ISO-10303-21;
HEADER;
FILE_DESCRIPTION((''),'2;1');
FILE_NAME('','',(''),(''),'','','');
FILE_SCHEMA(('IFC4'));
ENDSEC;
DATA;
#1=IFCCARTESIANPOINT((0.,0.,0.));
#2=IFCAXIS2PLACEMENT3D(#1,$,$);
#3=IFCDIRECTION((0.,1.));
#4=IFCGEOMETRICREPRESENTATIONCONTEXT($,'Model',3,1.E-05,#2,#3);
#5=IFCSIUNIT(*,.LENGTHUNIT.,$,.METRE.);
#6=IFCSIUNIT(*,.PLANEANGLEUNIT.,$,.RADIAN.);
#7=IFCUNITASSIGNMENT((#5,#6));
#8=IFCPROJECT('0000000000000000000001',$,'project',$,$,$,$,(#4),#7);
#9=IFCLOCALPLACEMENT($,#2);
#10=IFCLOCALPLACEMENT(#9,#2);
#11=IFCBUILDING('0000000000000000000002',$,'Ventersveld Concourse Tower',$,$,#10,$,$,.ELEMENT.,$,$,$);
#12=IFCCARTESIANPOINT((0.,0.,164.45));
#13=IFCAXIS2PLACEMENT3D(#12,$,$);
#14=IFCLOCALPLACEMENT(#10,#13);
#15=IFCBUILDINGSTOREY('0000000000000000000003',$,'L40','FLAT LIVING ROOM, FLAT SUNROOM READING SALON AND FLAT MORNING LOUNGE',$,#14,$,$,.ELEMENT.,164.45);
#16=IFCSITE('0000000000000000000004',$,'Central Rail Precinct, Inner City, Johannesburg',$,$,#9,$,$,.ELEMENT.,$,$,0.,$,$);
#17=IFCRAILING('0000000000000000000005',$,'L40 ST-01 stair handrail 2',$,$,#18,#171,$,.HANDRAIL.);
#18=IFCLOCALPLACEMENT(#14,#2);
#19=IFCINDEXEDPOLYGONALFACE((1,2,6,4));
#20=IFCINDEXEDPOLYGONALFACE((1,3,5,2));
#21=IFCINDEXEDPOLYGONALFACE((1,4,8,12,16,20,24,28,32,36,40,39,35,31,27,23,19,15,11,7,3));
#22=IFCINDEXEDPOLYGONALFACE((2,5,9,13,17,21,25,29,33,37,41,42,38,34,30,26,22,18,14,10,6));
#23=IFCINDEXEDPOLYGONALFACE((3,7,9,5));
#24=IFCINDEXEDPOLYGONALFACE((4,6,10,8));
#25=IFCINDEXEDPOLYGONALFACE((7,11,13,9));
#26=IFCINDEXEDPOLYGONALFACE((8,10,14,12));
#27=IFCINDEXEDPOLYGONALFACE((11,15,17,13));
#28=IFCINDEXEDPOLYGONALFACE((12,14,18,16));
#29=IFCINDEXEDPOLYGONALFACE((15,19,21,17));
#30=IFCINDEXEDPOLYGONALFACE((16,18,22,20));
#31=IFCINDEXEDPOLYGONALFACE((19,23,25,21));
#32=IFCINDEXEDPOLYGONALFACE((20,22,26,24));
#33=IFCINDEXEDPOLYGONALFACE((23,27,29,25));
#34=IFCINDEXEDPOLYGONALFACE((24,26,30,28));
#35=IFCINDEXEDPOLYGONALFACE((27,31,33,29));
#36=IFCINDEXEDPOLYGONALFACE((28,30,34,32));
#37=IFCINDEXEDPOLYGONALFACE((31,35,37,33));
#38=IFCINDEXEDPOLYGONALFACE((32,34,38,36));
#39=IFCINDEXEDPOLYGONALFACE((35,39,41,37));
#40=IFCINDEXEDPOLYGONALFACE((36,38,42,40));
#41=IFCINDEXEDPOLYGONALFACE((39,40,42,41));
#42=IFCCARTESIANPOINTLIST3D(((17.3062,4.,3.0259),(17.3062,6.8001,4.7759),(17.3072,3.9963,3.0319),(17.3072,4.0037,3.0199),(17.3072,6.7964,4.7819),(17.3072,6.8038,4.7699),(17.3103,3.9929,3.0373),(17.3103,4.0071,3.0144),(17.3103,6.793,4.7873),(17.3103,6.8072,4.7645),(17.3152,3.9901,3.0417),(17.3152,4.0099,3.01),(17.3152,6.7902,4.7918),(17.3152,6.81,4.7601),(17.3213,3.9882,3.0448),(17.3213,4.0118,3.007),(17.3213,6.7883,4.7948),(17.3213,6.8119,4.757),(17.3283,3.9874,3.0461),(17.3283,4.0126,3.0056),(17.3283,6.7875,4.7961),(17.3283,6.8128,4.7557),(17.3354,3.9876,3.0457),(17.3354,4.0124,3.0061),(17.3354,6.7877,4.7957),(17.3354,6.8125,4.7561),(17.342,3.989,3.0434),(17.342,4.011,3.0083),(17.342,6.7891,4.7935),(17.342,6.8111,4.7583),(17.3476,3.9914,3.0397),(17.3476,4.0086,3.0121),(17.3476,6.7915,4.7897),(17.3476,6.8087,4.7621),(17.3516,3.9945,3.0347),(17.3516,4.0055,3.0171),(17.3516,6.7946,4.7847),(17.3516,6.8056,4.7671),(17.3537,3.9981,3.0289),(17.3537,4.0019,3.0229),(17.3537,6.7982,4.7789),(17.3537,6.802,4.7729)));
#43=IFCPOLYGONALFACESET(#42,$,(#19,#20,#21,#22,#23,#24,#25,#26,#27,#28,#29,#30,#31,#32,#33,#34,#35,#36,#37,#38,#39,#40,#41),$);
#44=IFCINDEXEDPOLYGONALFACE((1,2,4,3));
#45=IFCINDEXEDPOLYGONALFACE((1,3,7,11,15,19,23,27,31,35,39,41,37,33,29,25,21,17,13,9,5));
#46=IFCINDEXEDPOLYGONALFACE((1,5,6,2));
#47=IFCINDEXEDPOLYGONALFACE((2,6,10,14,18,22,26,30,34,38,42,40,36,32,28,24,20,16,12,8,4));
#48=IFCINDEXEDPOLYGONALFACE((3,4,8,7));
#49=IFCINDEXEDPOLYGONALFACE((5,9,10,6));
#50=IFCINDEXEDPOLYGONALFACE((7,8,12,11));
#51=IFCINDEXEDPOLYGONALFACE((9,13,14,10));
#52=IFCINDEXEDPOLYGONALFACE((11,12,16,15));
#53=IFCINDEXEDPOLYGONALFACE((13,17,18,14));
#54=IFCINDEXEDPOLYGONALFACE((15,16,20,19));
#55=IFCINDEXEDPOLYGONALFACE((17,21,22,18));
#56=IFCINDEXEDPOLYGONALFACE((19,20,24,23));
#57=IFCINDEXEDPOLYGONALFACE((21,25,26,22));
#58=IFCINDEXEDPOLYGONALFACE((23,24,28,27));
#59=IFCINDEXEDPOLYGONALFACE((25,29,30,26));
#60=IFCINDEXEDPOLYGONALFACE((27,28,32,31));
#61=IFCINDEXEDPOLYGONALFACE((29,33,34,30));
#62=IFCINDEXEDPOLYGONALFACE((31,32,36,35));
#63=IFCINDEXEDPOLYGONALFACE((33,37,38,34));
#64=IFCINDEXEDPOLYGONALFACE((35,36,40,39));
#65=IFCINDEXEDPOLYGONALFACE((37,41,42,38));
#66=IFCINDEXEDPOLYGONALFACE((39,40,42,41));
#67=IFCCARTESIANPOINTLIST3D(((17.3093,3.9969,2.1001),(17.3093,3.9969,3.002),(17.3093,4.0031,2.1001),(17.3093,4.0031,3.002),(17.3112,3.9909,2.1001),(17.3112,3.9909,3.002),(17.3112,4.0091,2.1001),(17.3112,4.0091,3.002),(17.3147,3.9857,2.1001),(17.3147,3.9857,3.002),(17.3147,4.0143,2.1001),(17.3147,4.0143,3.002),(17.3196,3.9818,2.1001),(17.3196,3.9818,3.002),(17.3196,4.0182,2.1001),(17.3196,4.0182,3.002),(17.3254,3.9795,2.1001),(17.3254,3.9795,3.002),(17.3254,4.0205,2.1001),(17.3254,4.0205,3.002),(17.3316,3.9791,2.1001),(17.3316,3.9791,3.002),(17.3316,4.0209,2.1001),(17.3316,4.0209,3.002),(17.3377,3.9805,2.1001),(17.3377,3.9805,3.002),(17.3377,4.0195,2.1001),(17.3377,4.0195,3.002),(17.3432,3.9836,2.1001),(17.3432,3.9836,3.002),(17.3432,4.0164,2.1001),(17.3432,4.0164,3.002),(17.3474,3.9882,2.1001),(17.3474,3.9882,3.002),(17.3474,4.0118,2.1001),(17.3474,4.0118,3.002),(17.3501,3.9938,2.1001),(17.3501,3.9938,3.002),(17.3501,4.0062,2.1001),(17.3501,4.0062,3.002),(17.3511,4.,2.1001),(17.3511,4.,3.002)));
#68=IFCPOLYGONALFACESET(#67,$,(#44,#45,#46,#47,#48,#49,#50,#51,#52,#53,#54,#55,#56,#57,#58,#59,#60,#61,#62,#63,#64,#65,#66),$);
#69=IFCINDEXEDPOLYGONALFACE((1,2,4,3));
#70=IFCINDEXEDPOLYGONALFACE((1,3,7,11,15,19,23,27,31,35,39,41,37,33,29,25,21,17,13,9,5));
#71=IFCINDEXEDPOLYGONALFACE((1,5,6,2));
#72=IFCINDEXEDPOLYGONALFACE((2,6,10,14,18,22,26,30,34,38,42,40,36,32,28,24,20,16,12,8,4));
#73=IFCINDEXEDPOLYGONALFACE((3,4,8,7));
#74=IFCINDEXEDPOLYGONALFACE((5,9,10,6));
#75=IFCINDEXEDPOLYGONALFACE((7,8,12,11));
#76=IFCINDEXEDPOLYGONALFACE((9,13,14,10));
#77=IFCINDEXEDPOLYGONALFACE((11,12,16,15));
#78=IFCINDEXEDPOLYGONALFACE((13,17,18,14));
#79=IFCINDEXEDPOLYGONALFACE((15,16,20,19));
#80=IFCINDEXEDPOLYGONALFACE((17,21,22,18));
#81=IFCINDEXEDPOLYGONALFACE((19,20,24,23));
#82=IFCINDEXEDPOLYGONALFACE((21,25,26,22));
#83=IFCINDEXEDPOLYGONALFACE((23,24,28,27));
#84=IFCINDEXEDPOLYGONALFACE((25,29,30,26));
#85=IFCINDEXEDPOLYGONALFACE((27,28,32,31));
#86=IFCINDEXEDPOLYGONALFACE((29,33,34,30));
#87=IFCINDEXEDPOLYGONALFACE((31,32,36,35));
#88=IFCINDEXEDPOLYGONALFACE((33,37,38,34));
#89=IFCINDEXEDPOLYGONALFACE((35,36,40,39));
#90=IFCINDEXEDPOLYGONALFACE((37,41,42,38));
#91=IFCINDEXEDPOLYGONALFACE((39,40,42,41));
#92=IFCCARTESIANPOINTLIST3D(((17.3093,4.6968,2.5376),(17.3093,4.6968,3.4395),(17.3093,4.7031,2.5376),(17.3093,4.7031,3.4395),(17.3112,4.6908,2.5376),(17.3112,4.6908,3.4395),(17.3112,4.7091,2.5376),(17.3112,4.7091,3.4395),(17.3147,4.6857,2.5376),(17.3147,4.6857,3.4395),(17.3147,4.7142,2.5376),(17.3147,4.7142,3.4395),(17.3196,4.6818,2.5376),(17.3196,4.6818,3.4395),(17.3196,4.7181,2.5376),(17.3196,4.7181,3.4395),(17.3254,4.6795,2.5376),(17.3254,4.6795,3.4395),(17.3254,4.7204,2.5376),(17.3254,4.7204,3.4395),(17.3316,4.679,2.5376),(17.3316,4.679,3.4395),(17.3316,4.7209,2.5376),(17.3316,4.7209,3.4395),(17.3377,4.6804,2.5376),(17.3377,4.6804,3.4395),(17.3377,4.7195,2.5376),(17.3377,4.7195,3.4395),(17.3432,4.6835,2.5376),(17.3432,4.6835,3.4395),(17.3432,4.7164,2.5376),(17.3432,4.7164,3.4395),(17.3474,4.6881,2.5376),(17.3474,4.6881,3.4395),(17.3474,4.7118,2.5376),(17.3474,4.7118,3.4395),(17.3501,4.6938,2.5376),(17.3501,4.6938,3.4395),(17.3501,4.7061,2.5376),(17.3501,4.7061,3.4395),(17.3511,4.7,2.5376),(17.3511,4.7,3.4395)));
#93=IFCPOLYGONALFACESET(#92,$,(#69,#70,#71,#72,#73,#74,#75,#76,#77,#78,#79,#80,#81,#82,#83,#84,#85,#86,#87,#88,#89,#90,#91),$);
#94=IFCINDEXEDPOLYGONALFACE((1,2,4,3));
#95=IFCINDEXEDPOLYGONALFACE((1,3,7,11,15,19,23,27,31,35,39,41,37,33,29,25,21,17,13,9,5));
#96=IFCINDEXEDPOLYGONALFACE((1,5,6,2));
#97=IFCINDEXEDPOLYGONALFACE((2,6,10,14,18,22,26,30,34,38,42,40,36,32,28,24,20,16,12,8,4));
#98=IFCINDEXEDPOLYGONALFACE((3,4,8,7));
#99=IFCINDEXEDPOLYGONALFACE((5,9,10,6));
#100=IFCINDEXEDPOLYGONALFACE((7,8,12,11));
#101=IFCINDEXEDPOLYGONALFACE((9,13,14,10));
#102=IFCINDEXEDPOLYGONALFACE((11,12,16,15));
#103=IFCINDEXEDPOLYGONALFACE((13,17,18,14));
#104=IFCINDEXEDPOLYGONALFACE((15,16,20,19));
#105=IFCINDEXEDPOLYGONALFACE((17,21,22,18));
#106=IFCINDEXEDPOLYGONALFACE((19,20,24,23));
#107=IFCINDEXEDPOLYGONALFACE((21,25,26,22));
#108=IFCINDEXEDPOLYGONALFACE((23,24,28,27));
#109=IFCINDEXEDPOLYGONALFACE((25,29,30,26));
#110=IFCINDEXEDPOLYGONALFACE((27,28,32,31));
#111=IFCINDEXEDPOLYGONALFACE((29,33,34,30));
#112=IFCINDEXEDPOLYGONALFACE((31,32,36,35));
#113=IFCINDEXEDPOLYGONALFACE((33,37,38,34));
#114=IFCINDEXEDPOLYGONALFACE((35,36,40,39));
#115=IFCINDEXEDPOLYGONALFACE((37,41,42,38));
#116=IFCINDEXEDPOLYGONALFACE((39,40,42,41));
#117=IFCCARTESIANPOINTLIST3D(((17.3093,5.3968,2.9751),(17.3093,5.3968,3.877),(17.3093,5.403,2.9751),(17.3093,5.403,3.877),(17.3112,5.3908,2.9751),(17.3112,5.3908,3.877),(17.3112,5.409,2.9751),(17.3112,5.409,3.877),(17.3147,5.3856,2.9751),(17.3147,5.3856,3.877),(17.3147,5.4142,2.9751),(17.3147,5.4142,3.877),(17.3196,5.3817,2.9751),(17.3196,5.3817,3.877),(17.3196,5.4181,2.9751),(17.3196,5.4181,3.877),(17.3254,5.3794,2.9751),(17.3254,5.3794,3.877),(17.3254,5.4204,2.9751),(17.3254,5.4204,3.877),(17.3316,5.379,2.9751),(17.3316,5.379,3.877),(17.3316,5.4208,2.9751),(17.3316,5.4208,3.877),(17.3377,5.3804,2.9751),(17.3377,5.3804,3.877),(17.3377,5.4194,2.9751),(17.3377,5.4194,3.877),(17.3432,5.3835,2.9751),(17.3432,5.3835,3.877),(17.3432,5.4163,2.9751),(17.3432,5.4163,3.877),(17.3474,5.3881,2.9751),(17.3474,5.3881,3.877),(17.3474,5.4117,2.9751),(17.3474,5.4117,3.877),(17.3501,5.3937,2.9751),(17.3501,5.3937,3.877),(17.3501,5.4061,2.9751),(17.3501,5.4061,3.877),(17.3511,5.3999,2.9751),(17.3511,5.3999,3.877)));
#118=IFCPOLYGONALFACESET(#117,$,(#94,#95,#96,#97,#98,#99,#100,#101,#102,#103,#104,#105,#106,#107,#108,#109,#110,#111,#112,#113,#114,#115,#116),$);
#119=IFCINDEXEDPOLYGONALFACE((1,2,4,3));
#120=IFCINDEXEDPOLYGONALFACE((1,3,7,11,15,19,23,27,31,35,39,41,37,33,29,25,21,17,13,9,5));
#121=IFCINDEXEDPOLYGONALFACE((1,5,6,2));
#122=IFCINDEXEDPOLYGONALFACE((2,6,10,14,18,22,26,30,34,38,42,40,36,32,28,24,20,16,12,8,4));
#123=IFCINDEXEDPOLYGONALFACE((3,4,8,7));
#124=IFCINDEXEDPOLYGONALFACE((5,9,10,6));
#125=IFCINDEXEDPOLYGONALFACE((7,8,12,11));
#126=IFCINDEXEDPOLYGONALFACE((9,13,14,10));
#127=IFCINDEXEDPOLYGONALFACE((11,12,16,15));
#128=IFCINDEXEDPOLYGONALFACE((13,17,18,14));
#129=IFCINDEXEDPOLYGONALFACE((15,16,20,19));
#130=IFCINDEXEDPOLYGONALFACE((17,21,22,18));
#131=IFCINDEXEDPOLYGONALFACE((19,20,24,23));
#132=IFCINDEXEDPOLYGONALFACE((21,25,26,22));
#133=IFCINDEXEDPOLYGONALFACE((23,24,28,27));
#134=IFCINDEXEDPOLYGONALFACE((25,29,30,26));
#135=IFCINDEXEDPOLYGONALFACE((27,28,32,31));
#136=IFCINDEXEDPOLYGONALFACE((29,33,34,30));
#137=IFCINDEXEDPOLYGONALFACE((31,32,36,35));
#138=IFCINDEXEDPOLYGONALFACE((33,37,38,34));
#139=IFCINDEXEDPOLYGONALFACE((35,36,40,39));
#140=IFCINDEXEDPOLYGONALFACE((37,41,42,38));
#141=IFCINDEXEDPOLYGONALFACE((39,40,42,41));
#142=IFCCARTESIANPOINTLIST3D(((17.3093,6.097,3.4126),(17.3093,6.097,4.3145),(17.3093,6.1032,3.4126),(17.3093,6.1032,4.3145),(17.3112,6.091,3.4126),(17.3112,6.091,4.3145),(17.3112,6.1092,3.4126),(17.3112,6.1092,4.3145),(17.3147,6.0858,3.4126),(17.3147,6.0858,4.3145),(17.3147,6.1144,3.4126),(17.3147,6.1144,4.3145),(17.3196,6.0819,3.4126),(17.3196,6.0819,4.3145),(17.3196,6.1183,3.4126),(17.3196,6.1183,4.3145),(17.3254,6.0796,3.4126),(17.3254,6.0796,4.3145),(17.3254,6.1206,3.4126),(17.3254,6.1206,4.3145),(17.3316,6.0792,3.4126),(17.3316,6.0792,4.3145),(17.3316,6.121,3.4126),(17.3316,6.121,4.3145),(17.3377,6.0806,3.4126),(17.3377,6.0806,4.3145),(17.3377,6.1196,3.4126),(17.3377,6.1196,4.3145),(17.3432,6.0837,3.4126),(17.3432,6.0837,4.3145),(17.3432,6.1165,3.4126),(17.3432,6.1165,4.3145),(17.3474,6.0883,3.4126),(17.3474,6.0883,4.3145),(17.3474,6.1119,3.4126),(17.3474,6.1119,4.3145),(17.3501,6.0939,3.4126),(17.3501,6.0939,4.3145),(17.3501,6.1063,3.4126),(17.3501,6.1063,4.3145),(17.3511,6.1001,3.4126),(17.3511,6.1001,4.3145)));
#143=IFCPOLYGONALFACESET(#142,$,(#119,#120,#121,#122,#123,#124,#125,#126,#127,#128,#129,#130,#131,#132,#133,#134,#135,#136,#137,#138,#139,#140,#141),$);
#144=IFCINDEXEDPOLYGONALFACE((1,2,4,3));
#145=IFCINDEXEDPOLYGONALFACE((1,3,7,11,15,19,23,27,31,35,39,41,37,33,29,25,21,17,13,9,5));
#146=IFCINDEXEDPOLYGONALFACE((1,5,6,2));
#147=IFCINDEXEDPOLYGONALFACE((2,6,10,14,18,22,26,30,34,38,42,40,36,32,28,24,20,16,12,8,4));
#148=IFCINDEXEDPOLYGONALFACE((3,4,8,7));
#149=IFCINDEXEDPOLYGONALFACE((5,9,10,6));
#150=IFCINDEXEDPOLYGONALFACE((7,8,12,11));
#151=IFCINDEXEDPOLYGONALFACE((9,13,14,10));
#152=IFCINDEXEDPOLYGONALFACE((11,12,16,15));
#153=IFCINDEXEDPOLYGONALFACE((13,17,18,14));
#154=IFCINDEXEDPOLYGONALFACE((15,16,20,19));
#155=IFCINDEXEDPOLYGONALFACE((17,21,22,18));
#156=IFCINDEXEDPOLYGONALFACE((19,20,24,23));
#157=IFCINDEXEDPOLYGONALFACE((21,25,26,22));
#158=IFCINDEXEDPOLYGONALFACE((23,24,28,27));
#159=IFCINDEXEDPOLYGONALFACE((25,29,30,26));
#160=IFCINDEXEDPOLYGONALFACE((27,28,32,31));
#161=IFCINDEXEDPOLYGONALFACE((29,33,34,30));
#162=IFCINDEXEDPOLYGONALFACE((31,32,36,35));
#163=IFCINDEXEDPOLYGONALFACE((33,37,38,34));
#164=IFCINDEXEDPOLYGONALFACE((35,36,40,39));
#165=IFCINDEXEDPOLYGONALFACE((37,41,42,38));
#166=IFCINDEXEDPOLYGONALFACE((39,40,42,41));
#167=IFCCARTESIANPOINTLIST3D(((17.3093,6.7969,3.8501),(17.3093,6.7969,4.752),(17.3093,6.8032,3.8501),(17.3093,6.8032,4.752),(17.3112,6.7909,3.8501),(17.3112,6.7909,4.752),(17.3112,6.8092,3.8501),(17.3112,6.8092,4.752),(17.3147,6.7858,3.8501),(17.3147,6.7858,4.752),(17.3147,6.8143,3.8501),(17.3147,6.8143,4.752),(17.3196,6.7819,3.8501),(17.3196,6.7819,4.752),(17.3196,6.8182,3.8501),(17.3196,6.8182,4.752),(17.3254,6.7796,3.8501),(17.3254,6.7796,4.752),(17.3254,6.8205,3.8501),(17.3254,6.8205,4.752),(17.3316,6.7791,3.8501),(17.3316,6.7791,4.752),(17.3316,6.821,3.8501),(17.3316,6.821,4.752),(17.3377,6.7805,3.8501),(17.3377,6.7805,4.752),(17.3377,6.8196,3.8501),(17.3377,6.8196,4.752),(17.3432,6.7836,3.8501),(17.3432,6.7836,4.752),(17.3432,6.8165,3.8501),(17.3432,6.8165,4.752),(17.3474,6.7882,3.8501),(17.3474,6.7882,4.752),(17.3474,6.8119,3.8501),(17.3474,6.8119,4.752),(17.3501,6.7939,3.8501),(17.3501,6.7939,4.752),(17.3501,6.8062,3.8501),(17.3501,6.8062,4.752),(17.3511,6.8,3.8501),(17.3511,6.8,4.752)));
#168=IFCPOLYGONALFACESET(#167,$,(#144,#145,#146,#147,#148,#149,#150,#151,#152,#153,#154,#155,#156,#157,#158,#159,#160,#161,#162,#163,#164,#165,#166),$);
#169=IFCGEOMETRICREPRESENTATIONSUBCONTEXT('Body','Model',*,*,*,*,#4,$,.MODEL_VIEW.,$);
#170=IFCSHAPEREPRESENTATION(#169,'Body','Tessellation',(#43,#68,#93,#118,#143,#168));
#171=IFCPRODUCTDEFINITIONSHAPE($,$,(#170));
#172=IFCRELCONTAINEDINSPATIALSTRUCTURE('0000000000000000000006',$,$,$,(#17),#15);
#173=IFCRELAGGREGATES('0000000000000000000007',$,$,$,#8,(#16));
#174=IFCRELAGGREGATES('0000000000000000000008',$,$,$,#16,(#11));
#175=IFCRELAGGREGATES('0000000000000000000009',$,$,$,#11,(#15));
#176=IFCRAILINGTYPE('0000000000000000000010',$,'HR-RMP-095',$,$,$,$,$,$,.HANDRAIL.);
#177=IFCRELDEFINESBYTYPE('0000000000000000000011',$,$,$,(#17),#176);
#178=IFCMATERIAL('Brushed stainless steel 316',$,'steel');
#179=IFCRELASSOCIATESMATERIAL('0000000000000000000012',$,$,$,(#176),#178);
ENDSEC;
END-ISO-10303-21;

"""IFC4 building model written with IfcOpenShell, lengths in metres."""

from ifc_helpers import new_model, si_unit, direction, frame, origin, origin_2d, place, context, subcontext, project, spatial, circle, extrude, material, type_object, element, save


model = new_model("IFC4")

# Units and contexts
model_context = context("Model", 3, precision=1e-05, world=origin(), true_north=direction((0.0, 1.0)))
body_context = subcontext(model_context, "Body", "Model", "MODEL_VIEW")
ifc_project = project(units=[si_unit("LENGTHUNIT", "METRE"), si_unit("PLANEANGLEUNIT", "RADIAN")], contexts=[model_context])

# Site, building, storey
site_placement = place(None, origin())
site = spatial("IfcSite", under=ifc_project, at=site_placement, Name="Central Rail Precinct, Inner City, Johannesburg", CompositionType="ELEMENT", RefElevation=0.0)
building_placement = place(site_placement, origin())
building = spatial("IfcBuilding", under=site, at=building_placement, Name="Ventersveld Concourse Tower", CompositionType="ELEMENT")
storey_placement = place(building_placement, frame((0.0, 0.0, 164.45)))
storey = spatial("IfcBuildingStorey", under=building, at=storey_placement, Name="L40", Description="FLAT LIVING ROOM, FLAT SUNROOM READING SALON AND FLAT MORNING LOUNGE", CompositionType="ELEMENT", Elevation=164.45)

# Shared definitions
ifc_material_1 = material(Name="Brushed stainless steel 316", Category="steel")

# Railing
railing_type_1 = type_object("IfcRailingType", Name="HR-RMP-095", PredefinedType="HANDRAIL", material=ifc_material_1)
railing_1_placement = place(storey_placement, frame((17.3301, 4.0, 2.1001)))
element("IfcRailing", 1, at=railing_1_placement, inside=storey, type_object=railing_type_1, Name="L40 ST-01 stair handrail 2", PredefinedType="HANDRAIL", context=body_context, shape_type="SweptSolid", body=[
    extrude(circle(Radius=0.0239, at=origin_2d()), frame((0.0, 0.0, 0.9258), z_axis=(0.0, 0.848002, 0.529992), x_axis=(-1.0, 0.0, 0.0)), (0.0, 0.0, 1.0), 3.302),
    extrude(circle(Radius=0.021, at=origin_2d()), origin(), (0.0, 0.0, 1.0), 0.9019),
    extrude(circle(Radius=0.021, at=origin_2d()), frame((0.0, 0.7, 0.4375)), (0.0, 0.0, 1.0), 0.9019),
    extrude(circle(Radius=0.021, at=origin_2d()), frame((0.0, 1.3999, 0.875)), (0.0, 0.0, 1.0), 0.9019),
    extrude(circle(Radius=0.021, at=origin_2d()), frame((0.0, 2.1001, 1.3125)), (0.0, 0.0, 1.0), 0.9019),
    extrude(circle(Radius=0.021, at=origin_2d()), frame((0.0, 2.8, 1.75)), (0.0, 0.0, 1.0), 0.9019),
])

save(model, "model.ifc")
